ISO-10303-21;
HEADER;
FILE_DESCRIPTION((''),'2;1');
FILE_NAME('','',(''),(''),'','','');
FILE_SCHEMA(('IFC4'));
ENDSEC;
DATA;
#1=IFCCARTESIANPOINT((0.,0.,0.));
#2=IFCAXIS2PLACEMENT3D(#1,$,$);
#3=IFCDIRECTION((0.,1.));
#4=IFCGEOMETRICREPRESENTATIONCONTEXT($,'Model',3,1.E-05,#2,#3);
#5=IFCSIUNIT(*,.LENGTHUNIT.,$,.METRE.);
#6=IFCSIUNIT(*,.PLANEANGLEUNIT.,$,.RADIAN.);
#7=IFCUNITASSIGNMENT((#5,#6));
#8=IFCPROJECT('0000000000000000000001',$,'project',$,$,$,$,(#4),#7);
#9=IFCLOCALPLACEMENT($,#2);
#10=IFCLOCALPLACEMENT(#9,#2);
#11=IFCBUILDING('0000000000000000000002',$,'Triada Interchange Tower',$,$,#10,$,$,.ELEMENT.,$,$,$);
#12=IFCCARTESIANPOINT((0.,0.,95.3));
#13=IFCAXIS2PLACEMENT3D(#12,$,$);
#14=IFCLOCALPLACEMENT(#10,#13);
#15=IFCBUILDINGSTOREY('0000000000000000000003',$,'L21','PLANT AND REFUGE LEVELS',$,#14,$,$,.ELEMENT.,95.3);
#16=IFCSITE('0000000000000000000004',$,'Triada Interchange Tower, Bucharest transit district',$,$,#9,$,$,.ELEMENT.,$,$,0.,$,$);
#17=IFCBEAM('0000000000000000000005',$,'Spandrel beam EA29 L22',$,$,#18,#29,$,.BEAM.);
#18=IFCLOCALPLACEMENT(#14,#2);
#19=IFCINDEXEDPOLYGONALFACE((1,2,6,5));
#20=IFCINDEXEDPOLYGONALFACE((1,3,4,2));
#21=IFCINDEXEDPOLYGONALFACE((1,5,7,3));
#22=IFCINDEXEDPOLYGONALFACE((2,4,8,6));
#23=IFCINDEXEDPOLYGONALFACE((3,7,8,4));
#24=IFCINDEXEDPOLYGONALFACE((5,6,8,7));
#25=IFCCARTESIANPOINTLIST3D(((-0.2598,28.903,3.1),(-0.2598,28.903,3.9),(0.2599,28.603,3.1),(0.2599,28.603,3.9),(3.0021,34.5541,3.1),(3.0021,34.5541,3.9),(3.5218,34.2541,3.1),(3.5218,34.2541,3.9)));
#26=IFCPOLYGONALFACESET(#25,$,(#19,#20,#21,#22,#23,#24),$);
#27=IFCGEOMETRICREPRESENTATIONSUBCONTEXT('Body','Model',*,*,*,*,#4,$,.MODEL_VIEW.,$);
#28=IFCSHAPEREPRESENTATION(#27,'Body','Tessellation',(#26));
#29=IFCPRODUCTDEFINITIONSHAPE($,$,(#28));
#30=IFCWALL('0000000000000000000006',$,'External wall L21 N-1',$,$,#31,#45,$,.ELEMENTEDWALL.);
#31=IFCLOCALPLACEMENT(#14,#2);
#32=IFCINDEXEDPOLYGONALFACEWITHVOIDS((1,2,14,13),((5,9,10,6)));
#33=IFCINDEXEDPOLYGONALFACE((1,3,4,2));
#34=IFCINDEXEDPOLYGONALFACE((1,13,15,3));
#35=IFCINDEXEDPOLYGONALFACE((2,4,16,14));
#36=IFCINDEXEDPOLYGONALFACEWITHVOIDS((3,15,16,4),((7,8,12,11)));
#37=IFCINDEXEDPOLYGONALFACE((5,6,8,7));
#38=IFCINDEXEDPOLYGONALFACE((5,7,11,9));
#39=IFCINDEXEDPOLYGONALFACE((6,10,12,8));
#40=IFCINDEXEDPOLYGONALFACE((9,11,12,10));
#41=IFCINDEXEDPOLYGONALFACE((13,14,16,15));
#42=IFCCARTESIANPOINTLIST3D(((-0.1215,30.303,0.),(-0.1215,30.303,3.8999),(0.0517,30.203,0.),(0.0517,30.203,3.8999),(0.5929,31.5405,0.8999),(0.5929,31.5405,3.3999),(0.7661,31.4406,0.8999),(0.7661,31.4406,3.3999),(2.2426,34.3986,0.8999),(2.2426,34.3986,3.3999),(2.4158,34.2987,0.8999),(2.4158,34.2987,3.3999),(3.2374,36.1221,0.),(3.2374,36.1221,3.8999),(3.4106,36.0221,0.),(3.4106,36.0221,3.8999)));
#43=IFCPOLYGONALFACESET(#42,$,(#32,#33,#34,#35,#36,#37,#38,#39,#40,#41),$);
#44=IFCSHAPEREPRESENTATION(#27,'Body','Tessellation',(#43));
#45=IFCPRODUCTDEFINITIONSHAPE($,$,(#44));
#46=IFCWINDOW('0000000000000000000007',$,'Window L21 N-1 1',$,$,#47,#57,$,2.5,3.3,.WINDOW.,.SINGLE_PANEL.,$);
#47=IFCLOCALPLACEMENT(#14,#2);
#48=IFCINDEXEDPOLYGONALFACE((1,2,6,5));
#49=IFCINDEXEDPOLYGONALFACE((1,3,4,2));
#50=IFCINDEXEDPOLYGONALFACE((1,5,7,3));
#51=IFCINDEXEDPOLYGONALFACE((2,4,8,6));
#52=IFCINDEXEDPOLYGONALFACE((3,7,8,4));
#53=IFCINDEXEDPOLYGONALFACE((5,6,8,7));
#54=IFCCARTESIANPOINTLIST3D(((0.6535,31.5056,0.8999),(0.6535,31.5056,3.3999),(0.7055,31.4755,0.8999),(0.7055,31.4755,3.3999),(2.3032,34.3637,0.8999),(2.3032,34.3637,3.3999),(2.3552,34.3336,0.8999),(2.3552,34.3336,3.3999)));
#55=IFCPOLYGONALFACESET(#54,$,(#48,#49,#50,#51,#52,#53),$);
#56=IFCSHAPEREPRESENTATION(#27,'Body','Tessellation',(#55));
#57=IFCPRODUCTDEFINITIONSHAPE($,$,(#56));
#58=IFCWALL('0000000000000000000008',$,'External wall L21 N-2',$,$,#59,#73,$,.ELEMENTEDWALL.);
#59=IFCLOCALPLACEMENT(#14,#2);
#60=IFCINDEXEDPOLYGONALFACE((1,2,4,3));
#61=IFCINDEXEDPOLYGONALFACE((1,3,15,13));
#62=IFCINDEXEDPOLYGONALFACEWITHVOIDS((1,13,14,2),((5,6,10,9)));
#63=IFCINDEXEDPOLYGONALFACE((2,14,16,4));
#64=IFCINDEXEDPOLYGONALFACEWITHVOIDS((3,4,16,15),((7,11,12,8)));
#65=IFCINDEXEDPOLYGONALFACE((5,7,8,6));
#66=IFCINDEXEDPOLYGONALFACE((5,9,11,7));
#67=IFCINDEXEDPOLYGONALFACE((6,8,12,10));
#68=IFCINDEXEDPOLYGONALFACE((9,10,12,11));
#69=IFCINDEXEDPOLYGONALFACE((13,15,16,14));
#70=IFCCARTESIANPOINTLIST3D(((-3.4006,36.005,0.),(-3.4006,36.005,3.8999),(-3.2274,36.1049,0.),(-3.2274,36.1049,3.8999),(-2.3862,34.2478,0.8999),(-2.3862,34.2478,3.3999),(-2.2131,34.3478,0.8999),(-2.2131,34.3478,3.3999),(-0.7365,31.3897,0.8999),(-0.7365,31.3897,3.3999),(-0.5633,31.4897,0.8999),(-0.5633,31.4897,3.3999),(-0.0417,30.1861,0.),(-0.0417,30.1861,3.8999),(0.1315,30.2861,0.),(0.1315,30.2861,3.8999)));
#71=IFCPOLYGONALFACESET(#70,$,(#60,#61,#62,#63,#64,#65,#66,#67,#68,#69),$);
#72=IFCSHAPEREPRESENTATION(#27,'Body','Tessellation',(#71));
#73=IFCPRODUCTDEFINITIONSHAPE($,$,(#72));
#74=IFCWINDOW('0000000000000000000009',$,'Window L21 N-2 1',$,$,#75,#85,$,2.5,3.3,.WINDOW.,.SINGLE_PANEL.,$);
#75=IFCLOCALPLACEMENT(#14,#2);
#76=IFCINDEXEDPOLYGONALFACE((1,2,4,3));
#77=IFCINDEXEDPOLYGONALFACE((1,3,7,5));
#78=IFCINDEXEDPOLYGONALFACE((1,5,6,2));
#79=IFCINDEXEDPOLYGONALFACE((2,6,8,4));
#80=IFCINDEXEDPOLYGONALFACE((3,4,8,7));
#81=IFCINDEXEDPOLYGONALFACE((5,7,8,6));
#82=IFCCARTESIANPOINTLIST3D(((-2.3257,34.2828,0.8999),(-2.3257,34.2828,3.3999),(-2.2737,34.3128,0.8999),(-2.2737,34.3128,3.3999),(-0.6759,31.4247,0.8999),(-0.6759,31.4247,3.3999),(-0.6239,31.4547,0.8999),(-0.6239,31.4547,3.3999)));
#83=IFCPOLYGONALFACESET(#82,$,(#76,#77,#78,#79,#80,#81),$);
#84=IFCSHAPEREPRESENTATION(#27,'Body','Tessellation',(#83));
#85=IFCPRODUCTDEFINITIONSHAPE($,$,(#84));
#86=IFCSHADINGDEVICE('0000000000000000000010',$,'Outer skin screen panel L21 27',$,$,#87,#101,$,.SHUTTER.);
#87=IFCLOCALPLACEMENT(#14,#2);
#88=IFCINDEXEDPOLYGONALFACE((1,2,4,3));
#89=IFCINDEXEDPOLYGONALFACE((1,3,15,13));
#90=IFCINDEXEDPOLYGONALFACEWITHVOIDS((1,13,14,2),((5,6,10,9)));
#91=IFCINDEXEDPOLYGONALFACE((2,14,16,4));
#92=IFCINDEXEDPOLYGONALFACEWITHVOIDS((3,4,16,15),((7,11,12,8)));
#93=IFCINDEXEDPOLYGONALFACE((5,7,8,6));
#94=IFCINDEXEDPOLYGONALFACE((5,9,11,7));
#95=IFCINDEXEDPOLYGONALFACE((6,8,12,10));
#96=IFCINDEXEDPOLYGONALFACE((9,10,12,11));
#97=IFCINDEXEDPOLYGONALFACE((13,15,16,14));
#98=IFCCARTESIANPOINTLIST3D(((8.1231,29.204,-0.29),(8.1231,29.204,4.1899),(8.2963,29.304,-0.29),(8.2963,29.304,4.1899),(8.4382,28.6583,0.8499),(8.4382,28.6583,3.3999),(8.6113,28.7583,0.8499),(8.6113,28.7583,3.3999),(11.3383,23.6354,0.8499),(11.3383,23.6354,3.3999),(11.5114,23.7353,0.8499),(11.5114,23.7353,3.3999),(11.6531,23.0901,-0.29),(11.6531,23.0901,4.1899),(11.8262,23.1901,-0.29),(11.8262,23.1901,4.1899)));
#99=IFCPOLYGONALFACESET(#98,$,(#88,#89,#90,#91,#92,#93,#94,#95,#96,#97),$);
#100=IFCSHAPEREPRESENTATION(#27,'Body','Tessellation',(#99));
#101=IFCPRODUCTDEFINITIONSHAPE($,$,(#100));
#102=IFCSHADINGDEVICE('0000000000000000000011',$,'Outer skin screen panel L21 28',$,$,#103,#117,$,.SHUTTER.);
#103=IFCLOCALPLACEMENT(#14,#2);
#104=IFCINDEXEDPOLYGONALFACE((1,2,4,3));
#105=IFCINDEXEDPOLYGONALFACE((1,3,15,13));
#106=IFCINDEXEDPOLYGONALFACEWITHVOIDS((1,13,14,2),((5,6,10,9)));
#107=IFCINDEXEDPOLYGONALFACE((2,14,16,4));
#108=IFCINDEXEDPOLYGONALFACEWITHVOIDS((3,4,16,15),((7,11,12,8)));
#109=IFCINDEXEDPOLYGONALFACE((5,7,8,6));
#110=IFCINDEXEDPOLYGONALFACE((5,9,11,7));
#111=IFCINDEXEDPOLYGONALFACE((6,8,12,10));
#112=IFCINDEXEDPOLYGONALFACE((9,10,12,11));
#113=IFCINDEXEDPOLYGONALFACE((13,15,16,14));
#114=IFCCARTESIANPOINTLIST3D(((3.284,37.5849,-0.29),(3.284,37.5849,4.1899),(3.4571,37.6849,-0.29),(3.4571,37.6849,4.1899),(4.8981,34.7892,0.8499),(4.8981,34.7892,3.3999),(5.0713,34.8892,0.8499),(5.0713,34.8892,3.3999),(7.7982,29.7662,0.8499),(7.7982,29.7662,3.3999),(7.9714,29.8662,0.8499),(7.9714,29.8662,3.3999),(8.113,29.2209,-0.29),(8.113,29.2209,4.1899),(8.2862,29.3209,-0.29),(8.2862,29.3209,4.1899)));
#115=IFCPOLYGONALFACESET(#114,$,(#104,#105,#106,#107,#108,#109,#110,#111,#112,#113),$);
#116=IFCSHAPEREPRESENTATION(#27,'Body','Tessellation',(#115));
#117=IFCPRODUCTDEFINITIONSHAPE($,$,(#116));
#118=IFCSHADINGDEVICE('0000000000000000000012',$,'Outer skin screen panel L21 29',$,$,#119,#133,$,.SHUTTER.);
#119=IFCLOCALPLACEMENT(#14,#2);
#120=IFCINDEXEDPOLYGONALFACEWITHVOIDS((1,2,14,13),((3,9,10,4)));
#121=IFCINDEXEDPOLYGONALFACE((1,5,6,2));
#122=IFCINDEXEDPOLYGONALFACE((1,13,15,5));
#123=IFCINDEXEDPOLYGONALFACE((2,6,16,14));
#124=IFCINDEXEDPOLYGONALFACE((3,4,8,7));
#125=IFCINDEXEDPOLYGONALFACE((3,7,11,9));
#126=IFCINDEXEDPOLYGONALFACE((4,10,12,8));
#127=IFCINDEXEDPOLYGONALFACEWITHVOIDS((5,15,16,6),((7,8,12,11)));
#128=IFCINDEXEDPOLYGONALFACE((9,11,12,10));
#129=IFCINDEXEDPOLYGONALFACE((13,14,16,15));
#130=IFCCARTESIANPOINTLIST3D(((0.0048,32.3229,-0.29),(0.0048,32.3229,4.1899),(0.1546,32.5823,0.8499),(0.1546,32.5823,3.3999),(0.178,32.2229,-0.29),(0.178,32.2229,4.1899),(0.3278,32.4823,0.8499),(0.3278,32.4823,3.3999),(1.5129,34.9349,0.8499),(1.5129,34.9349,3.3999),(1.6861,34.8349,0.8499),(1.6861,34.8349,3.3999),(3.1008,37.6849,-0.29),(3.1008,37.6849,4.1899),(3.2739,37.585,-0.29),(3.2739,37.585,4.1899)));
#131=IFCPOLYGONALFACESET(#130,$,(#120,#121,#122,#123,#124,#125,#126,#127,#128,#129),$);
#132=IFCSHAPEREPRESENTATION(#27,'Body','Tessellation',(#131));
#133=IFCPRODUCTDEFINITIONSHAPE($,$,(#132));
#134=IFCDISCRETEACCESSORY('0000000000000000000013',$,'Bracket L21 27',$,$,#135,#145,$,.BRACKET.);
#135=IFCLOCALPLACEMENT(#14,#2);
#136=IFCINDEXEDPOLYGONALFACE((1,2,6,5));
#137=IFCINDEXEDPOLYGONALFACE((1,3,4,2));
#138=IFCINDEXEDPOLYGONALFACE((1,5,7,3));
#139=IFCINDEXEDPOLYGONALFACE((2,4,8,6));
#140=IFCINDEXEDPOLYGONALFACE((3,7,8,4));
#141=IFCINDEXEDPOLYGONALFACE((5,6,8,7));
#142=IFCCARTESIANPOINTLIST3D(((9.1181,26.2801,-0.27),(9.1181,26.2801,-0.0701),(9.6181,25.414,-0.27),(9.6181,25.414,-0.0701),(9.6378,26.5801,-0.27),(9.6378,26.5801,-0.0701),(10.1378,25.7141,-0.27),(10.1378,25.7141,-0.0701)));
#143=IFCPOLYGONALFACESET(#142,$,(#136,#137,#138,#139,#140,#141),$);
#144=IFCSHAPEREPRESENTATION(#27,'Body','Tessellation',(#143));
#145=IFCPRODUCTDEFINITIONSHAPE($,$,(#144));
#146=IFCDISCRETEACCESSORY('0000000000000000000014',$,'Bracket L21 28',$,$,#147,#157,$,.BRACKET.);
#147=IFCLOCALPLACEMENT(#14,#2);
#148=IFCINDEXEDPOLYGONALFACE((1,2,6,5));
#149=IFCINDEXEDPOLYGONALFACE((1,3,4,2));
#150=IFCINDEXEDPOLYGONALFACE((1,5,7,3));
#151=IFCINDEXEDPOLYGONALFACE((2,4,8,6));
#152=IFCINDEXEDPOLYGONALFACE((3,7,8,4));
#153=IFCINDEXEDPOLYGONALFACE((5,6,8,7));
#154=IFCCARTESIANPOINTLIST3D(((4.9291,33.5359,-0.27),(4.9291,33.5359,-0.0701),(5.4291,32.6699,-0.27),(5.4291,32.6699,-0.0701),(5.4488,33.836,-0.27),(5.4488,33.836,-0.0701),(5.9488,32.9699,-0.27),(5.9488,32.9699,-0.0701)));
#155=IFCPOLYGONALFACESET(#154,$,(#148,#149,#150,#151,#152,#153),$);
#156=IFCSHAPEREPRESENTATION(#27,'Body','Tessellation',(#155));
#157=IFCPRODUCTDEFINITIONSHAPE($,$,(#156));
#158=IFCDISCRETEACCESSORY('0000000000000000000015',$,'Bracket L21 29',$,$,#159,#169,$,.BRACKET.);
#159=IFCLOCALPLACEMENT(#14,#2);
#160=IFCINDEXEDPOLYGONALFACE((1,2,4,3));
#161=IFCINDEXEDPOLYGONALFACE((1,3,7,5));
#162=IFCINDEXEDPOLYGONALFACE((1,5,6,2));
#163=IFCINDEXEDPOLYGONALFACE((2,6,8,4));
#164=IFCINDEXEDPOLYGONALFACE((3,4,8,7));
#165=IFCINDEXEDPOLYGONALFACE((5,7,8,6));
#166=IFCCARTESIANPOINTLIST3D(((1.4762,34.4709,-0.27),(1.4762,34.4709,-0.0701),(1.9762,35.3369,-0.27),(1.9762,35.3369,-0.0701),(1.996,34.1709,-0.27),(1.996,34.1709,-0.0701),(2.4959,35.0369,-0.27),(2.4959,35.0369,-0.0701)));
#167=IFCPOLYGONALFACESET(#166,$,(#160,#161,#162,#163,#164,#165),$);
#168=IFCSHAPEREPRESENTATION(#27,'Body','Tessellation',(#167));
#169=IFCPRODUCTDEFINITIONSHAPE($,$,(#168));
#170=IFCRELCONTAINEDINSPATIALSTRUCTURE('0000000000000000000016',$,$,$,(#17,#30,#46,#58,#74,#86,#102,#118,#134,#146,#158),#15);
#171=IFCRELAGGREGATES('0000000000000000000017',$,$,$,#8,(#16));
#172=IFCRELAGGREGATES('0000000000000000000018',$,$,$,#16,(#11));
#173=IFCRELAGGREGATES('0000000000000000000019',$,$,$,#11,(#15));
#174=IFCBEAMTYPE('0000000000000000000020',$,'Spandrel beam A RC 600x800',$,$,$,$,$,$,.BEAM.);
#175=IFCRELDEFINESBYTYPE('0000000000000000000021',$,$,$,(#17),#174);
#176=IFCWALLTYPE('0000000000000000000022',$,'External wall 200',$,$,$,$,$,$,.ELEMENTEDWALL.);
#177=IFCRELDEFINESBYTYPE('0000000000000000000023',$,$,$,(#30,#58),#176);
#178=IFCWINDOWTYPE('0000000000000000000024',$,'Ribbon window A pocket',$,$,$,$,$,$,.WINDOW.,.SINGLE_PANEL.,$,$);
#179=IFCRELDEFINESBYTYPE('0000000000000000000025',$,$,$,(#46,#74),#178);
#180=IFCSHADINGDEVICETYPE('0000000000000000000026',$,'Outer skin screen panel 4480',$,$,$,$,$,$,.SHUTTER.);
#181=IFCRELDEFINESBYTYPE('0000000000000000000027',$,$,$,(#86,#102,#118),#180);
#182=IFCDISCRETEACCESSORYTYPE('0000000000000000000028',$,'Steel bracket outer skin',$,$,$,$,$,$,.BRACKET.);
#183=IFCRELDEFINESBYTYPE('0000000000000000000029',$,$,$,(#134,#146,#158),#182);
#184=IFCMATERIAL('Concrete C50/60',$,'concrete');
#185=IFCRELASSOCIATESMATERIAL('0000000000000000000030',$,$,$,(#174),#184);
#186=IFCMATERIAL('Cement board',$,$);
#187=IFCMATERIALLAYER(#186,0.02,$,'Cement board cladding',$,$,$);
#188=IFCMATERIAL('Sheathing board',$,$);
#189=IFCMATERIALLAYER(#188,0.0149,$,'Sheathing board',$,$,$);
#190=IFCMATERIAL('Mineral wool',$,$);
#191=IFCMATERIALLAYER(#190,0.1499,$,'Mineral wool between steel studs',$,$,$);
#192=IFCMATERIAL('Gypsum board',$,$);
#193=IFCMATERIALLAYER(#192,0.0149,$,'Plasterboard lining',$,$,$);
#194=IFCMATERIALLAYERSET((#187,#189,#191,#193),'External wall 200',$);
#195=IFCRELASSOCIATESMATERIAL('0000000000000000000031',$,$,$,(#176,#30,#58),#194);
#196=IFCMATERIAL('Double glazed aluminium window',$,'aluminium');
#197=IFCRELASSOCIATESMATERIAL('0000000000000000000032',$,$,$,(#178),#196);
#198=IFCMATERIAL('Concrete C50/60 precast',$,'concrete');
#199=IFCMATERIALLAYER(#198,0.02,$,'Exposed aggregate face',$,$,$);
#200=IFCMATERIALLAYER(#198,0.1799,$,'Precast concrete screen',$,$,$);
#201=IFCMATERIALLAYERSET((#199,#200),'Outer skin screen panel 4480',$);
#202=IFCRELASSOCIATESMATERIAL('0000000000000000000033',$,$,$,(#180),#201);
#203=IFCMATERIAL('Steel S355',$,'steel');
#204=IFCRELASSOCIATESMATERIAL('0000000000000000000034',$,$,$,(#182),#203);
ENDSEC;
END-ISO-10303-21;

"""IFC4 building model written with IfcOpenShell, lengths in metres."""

from ifc_helpers import new_model, si_unit, direction, frame, frame_2d, origin, origin_2d, place, context, subcontext, project, spatial, polyline, rectangle, outline, extrude, material, layer, layer_set, layer_usage, material_profile, profile_set, type_object, element, fill, save


model = new_model("IFC4")

# Units and contexts
model_context = context("Model", 3, precision=1e-05, world=origin(), true_north=direction((0.0, 1.0)))
body_context = subcontext(model_context, "Body", "Model", "MODEL_VIEW")
ifc_project = project(units=[si_unit("LENGTHUNIT", "METRE"), si_unit("PLANEANGLEUNIT", "RADIAN")], contexts=[model_context])

# Site, building, storey
site_placement = place(None, origin())
site = spatial("IfcSite", under=ifc_project, at=site_placement, Name="Triada Interchange Tower, Bucharest transit district", CompositionType="ELEMENT", RefElevation=0.0)
building_placement = place(site_placement, origin())
building = spatial("IfcBuilding", under=site, at=building_placement, Name="Triada Interchange Tower", CompositionType="ELEMENT")
storey_placement = place(building_placement, frame((0.0, 0.0, 95.3)))
storey = spatial("IfcBuildingStorey", under=building, at=storey_placement, Name="L21", Description="PLANT AND REFUGE LEVELS", CompositionType="ELEMENT", Elevation=95.3)

# Shared definitions
ifc_material_1 = material(Name="Steel S355", Category="steel")

# Beam
ifc_material_2 = material(Name="Concrete C50/60", Category="concrete")
ifc_material_profile_1 = material_profile(ifc_material_2, rectangle(XDim=0.6001, YDim=0.8, at=origin_2d()), Name="RC 600x800")
ifc_profile_set_1 = profile_set([ifc_material_profile_1], Name="Concrete C50/60")
beam_type_1 = type_object("IfcBeamType", Name="Spandrel beam A RC 600x800", PredefinedType="BEAM", material=ifc_profile_set_1)
beam_1_placement = place(storey_placement, frame((3.262, 34.4041, 3.5), z_axis=(-0.499918, -0.866073, 0.0), x_axis=(0.866073, -0.499918, 0.0)))
element("IfcBeam", 1, at=beam_1_placement, inside=storey, type_object=beam_type_1, Name="Spandrel beam EA29 L22", PredefinedType="BEAM", context=body_context, shape_type="SweptSolid", body=[
    extrude(rectangle(XDim=0.6001, YDim=0.8, at=origin_2d()), origin(), (0.0, 0.0, 1.0), 6.5249),
])

# Walls, openings, windows
ifc_material_3 = material(Name="Cement board")
ifc_layer_1 = layer(ifc_material_3, 0.02, Name="Cement board cladding")
ifc_material_4 = material(Name="Sheathing board")
ifc_layer_2 = layer(ifc_material_4, 0.0149, Name="Sheathing board")
ifc_material_5 = material(Name="Mineral wool")
ifc_layer_3 = layer(ifc_material_5, 0.1499, Name="Mineral wool between steel studs")
ifc_material_6 = material(Name="Gypsum board")
ifc_layer_4 = layer(ifc_material_6, 0.0149, Name="Plasterboard lining")
ifc_layer_set_1 = layer_set([ifc_layer_1, ifc_layer_2, ifc_layer_3, ifc_layer_4], Name="External wall 200")
ifc_layer_usage = layer_usage(ifc_layer_set_1, "AXIS2", "POSITIVE", -0.1001)
wall_type = type_object("IfcWallType", Name="External wall 200", PredefinedType="ELEMENTEDWALL", material=ifc_layer_set_1)
wall_1_placement = place(storey_placement, frame((3.324, 36.072, 0.0), z_axis=(0.0, 0.0, 1.0), x_axis=(-0.499914, -0.866075, 0.0)))
wall_1 = element("IfcWall", 2, at=wall_1_placement, inside=storey, type_object=wall_type, material=ifc_layer_usage, Name="External wall L21 N-1", PredefinedType="ELEMENTEDWALL", context=body_context, shape_type="SweptSolid", body=[
    extrude(rectangle(XDim=6.719, YDim=0.2, at=frame_2d((3.3594, 0.0))), origin(), (0.0, 0.0, 1.0), 3.8999),
])
opening_1_placement = place(wall_1_placement, frame((1.99, 0.0, 0.8999)))
opening_1 = element("IfcOpeningElement", 3, at=opening_1_placement, cuts=wall_1, PredefinedType="OPENING", context=body_context, shape_type="SweptSolid", body=[
    extrude(rectangle(XDim=3.3, YDim=2.5, at=frame_2d((1.6499, 1.25))), frame((0.0, 0.1099, 0.0), z_axis=(0.0, -1.0, 0.0), x_axis=(1.0, 0.0, 0.0)), (0.0, 0.0, 1.0), 0.22),
])
ifc_material_7 = material(Name="Double glazed aluminium window", Category="aluminium")
window_type = type_object("IfcWindowType", Name="Ribbon window A pocket", PartitioningType="SINGLE_PANEL", PredefinedType="WINDOW", material=ifc_material_7)
window_1_placement = place(opening_1_placement, origin())
window_1 = element("IfcWindow", 4, at=window_1_placement, inside=storey, type_object=window_type, Name="Window L21 N-1 1", OverallHeight=2.5, OverallWidth=3.3, PartitioningType="SINGLE_PANEL", PredefinedType="WINDOW", context=body_context, shape_type="SweptSolid", body=[
    extrude(rectangle(XDim=3.3, YDim=2.5, at=frame_2d((1.6499, 1.25))), frame((0.0, 0.03, 0.0), z_axis=(0.0, -1.0, 0.0), x_axis=(1.0, 0.0, 0.0)), (0.0, 0.0, 1.0), 0.0601),
])
fill(opening_1, window_1)
wall_2_placement = place(storey_placement, frame((0.0449, 30.2361, 0.0), z_axis=(0.0, 0.0, 1.0), x_axis=(-0.49993, 0.866066, 0.0)))
wall_2 = element("IfcWall", 5, at=wall_2_placement, inside=storey, type_object=wall_type, material=ifc_layer_usage, Name="External wall L21 N-2", PredefinedType="ELEMENTEDWALL", context=body_context, shape_type="SweptSolid", body=[
    extrude(rectangle(XDim=6.7188, YDim=0.2, at=frame_2d((3.3594, 0.0))), origin(), (0.0, 0.0, 1.0), 3.8999),
])
opening_2_placement = place(wall_2_placement, frame((1.3899, 0.0, 0.8999)))
opening_2 = element("IfcOpeningElement", 6, at=opening_2_placement, cuts=wall_2, PredefinedType="OPENING", context=body_context, shape_type="SweptSolid", body=[
    extrude(rectangle(XDim=3.3, YDim=2.5, at=frame_2d((1.6499, 1.25))), frame((0.0, 0.1099, 0.0), z_axis=(0.0, -1.0, 0.0), x_axis=(1.0, 0.0, 0.0)), (0.0, 0.0, 1.0), 0.22),
])
window_2_placement = place(opening_2_placement, origin())
window_2 = element("IfcWindow", 7, at=window_2_placement, inside=storey, type_object=window_type, Name="Window L21 N-2 1", OverallHeight=2.5, OverallWidth=3.3, PartitioningType="SINGLE_PANEL", PredefinedType="WINDOW", context=body_context, shape_type="SweptSolid", body=[
    extrude(rectangle(XDim=3.3, YDim=2.5, at=frame_2d((1.6499, 1.25))), frame((0.0, 0.03, 0.0), z_axis=(0.0, -1.0, 0.0), x_axis=(1.0, 0.0, 0.0)), (0.0, 0.0, 1.0), 0.0601),
])
fill(opening_2, window_2)

# Shading devices
ifc_material_8 = material(Name="Concrete C50/60 precast", Category="concrete")
ifc_layer_5 = layer(ifc_material_8, 0.02, Name="Exposed aggregate face")
ifc_layer_6 = layer(ifc_material_8, 0.1799, Name="Precast concrete screen")
ifc_layer_set_2 = layer_set([ifc_layer_5, ifc_layer_6], Name="Outer skin screen panel 4480")
shading_device_type = type_object("IfcShadingDeviceType", Name="Outer skin screen panel 4480", PredefinedType="SHUTTER", material=ifc_layer_set_2)
shading_device_1_placement = place(storey_placement, frame((11.6531, 23.0901, -0.29), z_axis=(0.0, 0.0, 1.0), x_axis=(-0.500011, 0.866019, 0.0)))
element("IfcShadingDevice", 8, at=shading_device_1_placement, inside=storey, type_object=shading_device_type, Name="Outer skin screen panel L21 27", PredefinedType="SHUTTER", context=body_context, shape_type="SweptSolid", body=[
    extrude(outline(polyline([(0.0, 0.0), (7.0598, 0.0), (7.0598, 4.48), (0.0, 4.48), (0.0, 0.0)]), holes=[polyline([(0.6296, 1.1399), (0.6296, 3.6899), (6.4297, 3.6899), (6.4297, 1.1399), (0.6296, 1.1399)])]), frame((0.0, 0.0, 0.0), z_axis=(0.0, -1.0, 0.0), x_axis=(1.0, 0.0, 0.0)), (0.0, 0.0, 1.0), 0.2),
])
shading_device_2_placement = place(storey_placement, frame((8.113, 29.2209, -0.29), z_axis=(0.0, 0.0, 1.0), x_axis=(-0.500011, 0.866019, 0.0)))
element("IfcShadingDevice", 9, at=shading_device_2_placement, inside=storey, type_object=shading_device_type, Name="Outer skin screen panel L21 28", PredefinedType="SHUTTER", context=body_context, shape_type="SweptSolid", body=[
    extrude(outline(polyline([(0.0, 0.0), (9.658, 0.0), (9.658, 4.48), (0.0, 4.48), (0.0, 0.0)]), holes=[polyline([(0.6296, 1.1399), (0.6296, 3.6899), (6.4297, 3.6899), (6.4297, 1.1399), (0.6296, 1.1399)])]), frame((0.0, 0.0, 0.0), z_axis=(0.0, -1.0, 0.0), x_axis=(1.0, 0.0, 0.0)), (0.0, 0.0, 1.0), 0.2),
])
shading_device_3_placement = place(storey_placement, frame((3.2739, 37.585, -0.29), z_axis=(0.0, 0.0, 1.0), x_axis=(-0.500019, -0.866014, 0.0)))
element("IfcShadingDevice", 10, at=shading_device_3_placement, inside=storey, type_object=shading_device_type, Name="Outer skin screen panel L21 29", PredefinedType="SHUTTER", context=body_context, shape_type="SweptSolid", body=[
    extrude(outline(polyline([(0.0, 0.0), (6.1917, 0.0), (6.1917, 4.48), (0.0, 4.48), (0.0, 0.0)]), holes=[polyline([(3.1755, 1.1399), (3.1755, 3.6899), (5.8921, 3.6899), (5.8921, 1.1399), (3.1755, 1.1399)])]), frame((0.0, 0.0, 0.0), z_axis=(0.0, -1.0, 0.0), x_axis=(1.0, 0.0, 0.0)), (0.0, 0.0, 1.0), 0.2),
])

# Discrete accessories
discrete_accessory_type = type_object("IfcDiscreteAccessoryType", Name="Steel bracket outer skin", PredefinedType="BRACKET", material=ifc_material_1)
for number, where, z_axis, x_axis, name in (
    (11, (9.6279, 25.9971, -0.27), (0.0, 0.0, 1.0), (0.866021, 0.500007, 0.0), "Bracket L21 27"),
    (12, (5.439, 33.2529, -0.27), (0.0, 0.0, 1.0), (0.866021, 0.500007, 0.0), "Bracket L21 28"),
    (13, (1.9861, 34.7539, -0.27), (0.0, 0.0, 1.0), (-0.866048, 0.49996, 0.0), "Bracket L21 29"),
):
    element("IfcDiscreteAccessory", number, at=place(storey_placement, frame(where, z_axis=z_axis, x_axis=x_axis)), inside=storey, type_object=discrete_accessory_type, Name=name, PredefinedType="BRACKET", context=body_context, shape_type="SweptSolid", body=[
        extrude(rectangle(XDim=0.6001, YDim=1.0, at=origin_2d()), origin(), (0.0, 0.0, 1.0), 0.2),
    ])

save(model, "model.ifc")
